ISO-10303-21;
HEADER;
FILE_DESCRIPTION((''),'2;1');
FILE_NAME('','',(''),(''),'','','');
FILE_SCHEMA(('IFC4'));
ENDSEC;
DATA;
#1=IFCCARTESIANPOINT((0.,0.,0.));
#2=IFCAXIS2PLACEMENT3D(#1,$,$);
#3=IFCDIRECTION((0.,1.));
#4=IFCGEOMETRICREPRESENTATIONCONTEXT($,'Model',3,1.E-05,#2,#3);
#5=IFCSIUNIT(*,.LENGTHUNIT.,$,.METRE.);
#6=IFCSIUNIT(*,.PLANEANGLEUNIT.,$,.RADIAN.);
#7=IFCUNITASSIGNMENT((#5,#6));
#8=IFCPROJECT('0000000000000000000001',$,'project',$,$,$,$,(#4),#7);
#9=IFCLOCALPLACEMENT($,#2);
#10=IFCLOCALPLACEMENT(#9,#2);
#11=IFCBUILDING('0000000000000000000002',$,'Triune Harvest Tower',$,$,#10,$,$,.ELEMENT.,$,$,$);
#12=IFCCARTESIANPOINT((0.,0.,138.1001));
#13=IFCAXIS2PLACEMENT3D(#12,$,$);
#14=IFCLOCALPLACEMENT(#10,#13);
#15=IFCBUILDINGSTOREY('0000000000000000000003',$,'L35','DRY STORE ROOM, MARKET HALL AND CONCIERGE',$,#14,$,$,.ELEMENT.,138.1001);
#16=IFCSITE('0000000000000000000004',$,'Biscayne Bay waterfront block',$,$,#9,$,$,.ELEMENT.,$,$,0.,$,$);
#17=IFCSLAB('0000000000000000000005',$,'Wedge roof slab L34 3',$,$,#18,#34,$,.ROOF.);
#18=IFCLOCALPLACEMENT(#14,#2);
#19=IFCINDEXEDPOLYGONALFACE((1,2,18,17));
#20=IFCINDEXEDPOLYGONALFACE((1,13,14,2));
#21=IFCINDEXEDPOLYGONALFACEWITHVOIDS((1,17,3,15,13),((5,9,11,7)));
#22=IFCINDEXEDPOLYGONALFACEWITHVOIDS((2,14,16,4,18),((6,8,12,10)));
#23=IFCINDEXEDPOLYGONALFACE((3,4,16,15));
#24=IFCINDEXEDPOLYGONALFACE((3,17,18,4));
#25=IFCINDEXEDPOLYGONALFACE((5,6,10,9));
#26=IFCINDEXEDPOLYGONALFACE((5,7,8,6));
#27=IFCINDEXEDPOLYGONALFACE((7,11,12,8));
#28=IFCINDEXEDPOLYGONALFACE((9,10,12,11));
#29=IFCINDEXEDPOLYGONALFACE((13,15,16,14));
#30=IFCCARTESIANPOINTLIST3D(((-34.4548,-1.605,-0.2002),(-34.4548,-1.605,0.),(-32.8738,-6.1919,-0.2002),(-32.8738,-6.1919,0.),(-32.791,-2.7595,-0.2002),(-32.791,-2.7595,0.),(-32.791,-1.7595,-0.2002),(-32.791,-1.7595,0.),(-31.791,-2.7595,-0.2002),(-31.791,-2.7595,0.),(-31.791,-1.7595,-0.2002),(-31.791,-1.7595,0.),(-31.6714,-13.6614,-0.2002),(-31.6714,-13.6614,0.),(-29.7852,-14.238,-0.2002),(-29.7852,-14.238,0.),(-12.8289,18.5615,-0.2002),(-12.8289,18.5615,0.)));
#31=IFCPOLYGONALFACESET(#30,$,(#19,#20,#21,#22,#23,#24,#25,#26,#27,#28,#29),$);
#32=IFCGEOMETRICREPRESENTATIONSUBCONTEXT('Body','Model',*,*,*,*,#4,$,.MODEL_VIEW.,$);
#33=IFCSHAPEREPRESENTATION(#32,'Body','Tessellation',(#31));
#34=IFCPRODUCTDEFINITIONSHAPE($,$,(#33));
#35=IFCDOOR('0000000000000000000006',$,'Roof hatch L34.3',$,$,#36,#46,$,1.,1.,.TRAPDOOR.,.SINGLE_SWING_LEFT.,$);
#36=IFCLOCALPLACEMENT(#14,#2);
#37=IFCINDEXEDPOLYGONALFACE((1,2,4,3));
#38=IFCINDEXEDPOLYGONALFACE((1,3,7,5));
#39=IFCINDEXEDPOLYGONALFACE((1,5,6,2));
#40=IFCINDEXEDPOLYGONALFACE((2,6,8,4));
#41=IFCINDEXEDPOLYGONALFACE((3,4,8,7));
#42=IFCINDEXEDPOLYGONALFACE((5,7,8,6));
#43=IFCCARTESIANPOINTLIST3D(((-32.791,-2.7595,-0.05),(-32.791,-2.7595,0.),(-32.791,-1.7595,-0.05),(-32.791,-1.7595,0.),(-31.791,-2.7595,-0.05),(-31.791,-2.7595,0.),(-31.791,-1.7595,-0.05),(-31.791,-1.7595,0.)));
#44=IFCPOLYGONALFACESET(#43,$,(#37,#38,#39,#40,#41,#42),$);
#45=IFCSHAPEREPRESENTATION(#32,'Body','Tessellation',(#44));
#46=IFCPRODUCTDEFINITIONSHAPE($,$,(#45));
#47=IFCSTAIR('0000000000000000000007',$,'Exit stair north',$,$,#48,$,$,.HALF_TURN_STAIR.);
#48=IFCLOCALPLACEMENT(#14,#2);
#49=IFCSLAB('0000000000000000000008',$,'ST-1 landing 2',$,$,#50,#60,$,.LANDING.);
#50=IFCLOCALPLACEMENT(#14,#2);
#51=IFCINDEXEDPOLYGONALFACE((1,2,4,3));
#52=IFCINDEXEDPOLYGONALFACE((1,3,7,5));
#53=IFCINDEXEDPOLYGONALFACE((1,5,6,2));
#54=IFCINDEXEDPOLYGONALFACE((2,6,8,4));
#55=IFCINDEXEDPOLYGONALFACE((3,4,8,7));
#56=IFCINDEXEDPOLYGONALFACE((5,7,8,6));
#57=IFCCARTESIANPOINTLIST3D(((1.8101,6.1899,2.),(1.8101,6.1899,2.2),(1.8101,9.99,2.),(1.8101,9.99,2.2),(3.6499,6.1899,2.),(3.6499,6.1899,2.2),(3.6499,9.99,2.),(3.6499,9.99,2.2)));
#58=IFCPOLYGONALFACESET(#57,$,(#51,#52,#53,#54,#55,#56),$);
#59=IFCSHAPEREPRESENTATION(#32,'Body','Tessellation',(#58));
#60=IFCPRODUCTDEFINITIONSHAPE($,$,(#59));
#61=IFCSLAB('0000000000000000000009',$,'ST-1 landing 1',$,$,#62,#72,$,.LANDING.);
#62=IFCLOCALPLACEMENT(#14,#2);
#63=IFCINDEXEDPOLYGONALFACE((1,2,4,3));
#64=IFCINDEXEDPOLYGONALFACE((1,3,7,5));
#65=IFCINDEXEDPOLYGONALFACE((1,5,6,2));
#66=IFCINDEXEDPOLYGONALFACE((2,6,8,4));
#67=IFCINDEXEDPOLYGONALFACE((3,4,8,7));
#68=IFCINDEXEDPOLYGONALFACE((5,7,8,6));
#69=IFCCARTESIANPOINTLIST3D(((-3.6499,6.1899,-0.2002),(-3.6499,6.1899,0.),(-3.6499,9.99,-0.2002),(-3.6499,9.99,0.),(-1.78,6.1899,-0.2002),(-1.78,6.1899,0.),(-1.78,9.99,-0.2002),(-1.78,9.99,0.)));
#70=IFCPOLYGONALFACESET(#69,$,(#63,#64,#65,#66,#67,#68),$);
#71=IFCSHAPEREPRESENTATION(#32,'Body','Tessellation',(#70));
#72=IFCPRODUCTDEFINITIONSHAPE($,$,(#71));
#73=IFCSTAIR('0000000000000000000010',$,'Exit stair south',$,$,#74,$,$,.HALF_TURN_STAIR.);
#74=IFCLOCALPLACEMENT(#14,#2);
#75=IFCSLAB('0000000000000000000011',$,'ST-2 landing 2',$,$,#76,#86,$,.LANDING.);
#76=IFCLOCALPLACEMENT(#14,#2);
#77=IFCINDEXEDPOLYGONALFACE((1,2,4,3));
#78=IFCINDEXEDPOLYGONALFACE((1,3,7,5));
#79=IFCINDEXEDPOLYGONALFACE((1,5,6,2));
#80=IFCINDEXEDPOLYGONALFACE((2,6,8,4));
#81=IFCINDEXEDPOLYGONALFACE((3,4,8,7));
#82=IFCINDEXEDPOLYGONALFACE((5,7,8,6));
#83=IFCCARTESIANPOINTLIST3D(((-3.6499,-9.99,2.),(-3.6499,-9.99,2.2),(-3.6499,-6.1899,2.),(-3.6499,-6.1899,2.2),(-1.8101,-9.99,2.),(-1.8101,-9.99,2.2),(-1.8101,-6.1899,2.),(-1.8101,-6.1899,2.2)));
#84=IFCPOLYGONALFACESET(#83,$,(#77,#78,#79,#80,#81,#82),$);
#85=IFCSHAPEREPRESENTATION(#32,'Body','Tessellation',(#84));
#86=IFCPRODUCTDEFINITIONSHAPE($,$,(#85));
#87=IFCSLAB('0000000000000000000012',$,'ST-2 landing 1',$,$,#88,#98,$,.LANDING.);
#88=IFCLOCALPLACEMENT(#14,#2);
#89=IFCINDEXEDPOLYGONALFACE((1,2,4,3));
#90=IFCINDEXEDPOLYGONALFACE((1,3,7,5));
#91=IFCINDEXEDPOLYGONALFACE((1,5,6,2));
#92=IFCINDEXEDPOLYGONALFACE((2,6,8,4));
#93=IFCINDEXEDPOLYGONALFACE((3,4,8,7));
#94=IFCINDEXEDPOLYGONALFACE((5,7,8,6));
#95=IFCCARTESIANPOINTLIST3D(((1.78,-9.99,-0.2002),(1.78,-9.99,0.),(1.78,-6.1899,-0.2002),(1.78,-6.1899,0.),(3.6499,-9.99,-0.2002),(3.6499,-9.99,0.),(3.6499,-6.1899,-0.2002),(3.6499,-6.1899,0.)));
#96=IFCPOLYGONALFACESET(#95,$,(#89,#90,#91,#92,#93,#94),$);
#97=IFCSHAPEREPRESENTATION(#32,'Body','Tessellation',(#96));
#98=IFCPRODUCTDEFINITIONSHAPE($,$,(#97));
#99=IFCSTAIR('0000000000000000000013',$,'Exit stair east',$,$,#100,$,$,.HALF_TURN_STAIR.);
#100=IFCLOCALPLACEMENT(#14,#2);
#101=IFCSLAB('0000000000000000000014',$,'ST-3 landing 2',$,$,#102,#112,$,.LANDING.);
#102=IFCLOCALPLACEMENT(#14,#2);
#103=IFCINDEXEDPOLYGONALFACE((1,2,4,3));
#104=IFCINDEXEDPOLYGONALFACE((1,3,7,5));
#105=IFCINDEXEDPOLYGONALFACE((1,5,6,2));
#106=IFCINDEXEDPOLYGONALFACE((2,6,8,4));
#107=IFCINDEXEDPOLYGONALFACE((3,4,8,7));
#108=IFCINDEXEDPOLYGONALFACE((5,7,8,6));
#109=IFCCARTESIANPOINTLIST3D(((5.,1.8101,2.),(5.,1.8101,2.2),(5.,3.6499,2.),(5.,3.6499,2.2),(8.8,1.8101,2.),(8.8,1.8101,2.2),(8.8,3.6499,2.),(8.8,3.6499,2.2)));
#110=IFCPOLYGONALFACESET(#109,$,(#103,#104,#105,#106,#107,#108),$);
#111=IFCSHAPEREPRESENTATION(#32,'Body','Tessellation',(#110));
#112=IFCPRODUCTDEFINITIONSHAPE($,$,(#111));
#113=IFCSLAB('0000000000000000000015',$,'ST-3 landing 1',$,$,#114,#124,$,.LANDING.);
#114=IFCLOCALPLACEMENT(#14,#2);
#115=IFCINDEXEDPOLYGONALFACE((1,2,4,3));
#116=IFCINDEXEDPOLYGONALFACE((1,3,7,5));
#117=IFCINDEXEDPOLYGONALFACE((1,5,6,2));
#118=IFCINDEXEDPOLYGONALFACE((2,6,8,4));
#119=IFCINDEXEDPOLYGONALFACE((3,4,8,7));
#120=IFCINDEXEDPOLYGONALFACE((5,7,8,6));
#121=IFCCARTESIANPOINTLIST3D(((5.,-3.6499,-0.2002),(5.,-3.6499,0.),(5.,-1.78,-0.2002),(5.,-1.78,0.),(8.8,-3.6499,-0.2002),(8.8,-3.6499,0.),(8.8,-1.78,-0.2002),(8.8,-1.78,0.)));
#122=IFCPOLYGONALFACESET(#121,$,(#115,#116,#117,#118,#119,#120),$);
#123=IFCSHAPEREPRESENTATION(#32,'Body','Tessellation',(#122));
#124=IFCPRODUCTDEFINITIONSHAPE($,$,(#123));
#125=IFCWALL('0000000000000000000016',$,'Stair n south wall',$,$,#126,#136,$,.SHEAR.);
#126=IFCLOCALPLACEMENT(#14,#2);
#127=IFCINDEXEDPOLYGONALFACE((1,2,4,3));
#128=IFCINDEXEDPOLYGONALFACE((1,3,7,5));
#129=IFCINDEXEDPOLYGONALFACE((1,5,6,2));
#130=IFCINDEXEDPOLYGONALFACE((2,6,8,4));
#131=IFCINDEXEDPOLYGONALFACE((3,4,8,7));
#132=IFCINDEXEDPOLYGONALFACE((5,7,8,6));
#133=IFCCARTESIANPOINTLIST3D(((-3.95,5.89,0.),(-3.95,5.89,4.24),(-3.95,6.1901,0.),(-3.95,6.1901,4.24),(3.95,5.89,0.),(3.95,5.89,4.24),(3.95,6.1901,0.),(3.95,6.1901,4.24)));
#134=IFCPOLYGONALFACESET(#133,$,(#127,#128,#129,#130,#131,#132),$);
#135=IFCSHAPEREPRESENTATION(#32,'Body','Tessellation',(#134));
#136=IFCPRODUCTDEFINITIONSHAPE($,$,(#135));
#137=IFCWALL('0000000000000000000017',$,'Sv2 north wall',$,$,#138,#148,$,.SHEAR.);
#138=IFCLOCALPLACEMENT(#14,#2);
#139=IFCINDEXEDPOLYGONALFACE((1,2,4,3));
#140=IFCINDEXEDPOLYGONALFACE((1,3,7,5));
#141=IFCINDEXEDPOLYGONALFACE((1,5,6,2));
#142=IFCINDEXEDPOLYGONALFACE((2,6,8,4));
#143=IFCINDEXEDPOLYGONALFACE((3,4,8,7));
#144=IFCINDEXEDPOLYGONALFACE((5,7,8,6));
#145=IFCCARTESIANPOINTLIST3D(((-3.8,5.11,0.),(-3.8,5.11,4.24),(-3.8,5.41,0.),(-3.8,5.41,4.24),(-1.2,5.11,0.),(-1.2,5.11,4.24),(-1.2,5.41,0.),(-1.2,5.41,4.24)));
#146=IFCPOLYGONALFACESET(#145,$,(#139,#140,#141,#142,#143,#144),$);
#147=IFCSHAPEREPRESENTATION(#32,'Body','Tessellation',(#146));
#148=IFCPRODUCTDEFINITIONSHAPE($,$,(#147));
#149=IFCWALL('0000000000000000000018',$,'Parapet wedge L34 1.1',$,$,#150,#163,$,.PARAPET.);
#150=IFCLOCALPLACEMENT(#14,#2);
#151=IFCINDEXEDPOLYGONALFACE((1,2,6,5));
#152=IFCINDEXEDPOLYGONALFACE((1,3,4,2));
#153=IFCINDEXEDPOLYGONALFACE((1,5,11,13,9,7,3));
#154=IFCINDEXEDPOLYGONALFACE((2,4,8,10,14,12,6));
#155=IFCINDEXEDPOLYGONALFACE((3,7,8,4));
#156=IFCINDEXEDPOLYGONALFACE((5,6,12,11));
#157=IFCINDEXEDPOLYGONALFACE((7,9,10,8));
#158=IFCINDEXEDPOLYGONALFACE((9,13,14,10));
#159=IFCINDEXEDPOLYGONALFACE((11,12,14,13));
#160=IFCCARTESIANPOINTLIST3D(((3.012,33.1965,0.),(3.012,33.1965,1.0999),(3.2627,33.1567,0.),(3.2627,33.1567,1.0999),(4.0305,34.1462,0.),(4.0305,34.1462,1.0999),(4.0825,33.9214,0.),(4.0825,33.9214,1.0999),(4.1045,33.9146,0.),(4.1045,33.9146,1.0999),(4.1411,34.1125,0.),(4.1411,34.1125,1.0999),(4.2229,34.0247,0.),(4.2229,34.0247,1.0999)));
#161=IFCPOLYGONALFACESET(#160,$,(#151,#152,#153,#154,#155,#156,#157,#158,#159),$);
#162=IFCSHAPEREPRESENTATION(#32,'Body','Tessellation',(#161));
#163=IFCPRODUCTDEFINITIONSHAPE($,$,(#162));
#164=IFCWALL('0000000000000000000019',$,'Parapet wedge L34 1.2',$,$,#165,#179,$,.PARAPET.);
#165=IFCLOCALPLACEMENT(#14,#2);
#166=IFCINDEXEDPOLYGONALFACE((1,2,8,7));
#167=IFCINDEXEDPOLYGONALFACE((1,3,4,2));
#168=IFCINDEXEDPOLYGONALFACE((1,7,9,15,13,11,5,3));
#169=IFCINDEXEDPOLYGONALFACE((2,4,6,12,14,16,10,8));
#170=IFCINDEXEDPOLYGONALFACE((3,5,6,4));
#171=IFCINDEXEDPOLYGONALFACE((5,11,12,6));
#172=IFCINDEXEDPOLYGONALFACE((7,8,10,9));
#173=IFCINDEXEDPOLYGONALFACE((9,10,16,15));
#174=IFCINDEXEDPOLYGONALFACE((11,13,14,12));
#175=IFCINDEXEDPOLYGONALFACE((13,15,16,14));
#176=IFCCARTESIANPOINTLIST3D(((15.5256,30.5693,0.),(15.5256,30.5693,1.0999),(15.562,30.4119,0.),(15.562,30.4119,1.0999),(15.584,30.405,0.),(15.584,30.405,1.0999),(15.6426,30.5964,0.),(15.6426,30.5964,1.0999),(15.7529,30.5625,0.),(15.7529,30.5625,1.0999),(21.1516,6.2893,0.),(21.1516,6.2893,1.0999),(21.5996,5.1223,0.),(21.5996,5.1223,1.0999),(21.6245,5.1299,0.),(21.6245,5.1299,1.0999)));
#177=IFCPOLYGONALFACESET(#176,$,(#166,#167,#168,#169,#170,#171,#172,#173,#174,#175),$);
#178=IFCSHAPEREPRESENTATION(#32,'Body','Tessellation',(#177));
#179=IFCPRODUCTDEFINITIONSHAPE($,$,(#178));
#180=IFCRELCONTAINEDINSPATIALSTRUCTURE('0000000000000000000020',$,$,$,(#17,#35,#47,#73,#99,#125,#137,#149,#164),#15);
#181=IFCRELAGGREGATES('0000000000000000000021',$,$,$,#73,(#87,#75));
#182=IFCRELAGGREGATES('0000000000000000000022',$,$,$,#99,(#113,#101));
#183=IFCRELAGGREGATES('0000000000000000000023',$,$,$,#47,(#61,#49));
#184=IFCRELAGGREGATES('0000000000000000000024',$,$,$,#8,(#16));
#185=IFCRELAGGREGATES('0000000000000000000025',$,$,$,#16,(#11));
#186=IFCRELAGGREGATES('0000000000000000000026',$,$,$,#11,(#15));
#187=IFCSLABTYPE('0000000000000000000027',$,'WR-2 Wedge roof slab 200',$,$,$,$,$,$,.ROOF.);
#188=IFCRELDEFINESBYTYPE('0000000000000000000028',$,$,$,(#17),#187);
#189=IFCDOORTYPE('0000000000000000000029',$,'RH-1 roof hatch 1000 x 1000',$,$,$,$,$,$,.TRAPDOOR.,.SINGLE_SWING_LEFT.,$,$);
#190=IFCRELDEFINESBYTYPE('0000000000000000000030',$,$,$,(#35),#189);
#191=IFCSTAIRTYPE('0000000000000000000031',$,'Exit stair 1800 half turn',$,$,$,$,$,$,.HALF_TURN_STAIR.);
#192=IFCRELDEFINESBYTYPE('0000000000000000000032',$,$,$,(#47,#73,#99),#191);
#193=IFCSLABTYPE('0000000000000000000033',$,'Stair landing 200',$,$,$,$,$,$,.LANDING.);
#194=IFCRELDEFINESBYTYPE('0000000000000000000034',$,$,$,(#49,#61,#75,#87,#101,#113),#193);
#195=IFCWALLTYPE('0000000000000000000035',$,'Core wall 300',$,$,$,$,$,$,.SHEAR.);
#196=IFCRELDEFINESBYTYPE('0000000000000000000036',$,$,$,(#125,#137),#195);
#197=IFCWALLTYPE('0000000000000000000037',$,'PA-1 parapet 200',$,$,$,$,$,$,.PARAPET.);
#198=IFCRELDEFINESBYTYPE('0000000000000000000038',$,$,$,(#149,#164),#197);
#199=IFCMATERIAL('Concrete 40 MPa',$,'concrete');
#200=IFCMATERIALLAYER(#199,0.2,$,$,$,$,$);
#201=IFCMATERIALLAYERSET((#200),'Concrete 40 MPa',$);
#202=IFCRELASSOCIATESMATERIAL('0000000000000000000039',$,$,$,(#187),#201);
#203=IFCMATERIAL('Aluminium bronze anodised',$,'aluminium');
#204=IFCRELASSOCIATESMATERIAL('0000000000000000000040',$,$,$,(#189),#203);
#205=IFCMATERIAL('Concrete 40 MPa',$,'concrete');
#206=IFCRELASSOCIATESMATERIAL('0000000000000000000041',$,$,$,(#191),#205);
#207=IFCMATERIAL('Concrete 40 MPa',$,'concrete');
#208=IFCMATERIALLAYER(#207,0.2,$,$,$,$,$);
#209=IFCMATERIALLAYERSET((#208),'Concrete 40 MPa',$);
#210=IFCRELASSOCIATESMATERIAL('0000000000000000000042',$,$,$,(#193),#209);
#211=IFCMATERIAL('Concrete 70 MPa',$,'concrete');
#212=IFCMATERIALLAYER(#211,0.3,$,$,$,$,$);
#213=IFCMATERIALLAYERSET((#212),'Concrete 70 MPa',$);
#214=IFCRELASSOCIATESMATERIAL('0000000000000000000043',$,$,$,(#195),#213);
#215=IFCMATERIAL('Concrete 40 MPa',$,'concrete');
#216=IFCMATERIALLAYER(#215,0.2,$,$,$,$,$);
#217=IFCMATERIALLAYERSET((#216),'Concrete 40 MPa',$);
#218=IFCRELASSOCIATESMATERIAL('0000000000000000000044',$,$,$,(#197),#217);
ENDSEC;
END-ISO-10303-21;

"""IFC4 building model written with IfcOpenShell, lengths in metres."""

from ifc_helpers import new_model, si_unit, direction, frame, frame_2d, origin, origin_2d, place, context, subcontext, project, spatial, polyline, rectangle, outline, extrude, source, transform, mapped, material, layer, layer_set, type_object, element, fill, aggregate, save


model = new_model("IFC4")

# Units and contexts
model_context = context("Model", 3, precision=1e-05, world=origin(), true_north=direction((0.0, 1.0)))
body_context = subcontext(model_context, "Body", "Model", "MODEL_VIEW")
ifc_project = project(units=[si_unit("LENGTHUNIT", "METRE"), si_unit("PLANEANGLEUNIT", "RADIAN")], contexts=[model_context])

# Site, building, storey
site_placement = place(None, origin())
site = spatial("IfcSite", under=ifc_project, at=site_placement, Name="Biscayne Bay waterfront block", CompositionType="ELEMENT", RefElevation=0.0)
building_placement = place(site_placement, origin())
building = spatial("IfcBuilding", under=site, at=building_placement, Name="Triune Harvest Tower", CompositionType="ELEMENT")
storey_placement = place(building_placement, frame((0.0, 0.0, 138.1001)))
storey = spatial("IfcBuildingStorey", under=building, at=storey_placement, Name="L35", Description="DRY STORE ROOM, MARKET HALL AND CONCIERGE", CompositionType="ELEMENT", Elevation=138.1001)

# Slab, opening, door
ifc_material_1 = material(Name="Concrete 40 MPa", Category="concrete")
ifc_layer_1 = layer(ifc_material_1, 0.2)
ifc_layer_set_1 = layer_set([ifc_layer_1], Name="Concrete 40 MPa")
slab_type_1 = type_object("IfcSlabType", Name="WR-2 Wedge roof slab 200", PredefinedType="ROOF", material=ifc_layer_set_1)
ifc_material_2 = material(Name="Aluminium bronze anodised", Category="aluminium")
door_type_1 = type_object("IfcDoorType", Name="RH-1 roof hatch 1000 x 1000", OperationType="SINGLE_SWING_LEFT", PredefinedType="TRAPDOOR", material=ifc_material_2)
slab_1_placement = place(storey_placement, frame((0.0, 0.0, -0.2002)))
slab_1 = element("IfcSlab", 1, at=slab_1_placement, inside=storey, type_object=slab_type_1, Name="Wedge roof slab L34 3", PredefinedType="ROOF", context=body_context, shape_type="SweptSolid", body=[
    extrude(outline(polyline([(-31.6714, -13.6614), (-29.7852, -14.238), (-32.8738, -6.1919), (-12.8289, 18.5615), (-34.4548, -1.605), (-31.6714, -13.6614)])), origin(), (0.0, 0.0, 1.0), 0.2002),
])
opening_1_placement = place(slab_1_placement, frame((-32.291, -2.2595, 0.0)))
opening_1 = element("IfcOpeningElement", 2, at=opening_1_placement, cuts=slab_1, PredefinedType="OPENING", context=body_context, shape_type="SweptSolid", body=[
    extrude(rectangle(XDim=1.0, YDim=1.0, at=origin_2d()), origin(), (0.0, 0.0, 1.0), 0.2002),
])
door_1_placement = place(opening_1_placement, frame((0.0, 0.0, 0.1501)))
door_1 = element("IfcDoor", 3, at=door_1_placement, inside=storey, type_object=door_type_1, Name="Roof hatch L34.3", OperationType="SINGLE_SWING_LEFT", OverallHeight=1.0, OverallWidth=1.0, PredefinedType="TRAPDOOR", context=body_context, shape_type="SweptSolid", body=[
    extrude(rectangle(XDim=1.0, YDim=1.0, at=origin_2d()), origin(), (0.0, 0.0, 1.0), 0.05),
])
fill(opening_1, door_1)

# Stairs, slabs
ifc_material_3 = material(Name="Concrete 40 MPa", Category="concrete")
stair_type = type_object("IfcStairType", Name="Exit stair 1800 half turn", PredefinedType="HALF_TURN_STAIR", material=ifc_material_3)
stair_1_placement = place(storey_placement, origin())
stair_1 = element("IfcStair", 4, at=stair_1_placement, inside=storey, type_object=stair_type, Name="Exit stair north", PredefinedType="HALF_TURN_STAIR")
ifc_material_4 = material(Name="Concrete 40 MPa", Category="concrete")
ifc_layer_2 = layer(ifc_material_4, 0.2)
ifc_layer_set_2 = layer_set([ifc_layer_2], Name="Concrete 40 MPa")
slab_type_2 = type_object("IfcSlabType", Name="Stair landing 200", PredefinedType="LANDING", material=ifc_layer_set_2)
shared_shape_1 = source(origin(), body_context, "Body", "SweptSolid", [
    extrude(outline(polyline([(1.8101, 6.1899), (3.6499, 6.1899), (3.6499, 9.99), (1.8101, 9.99), (1.8101, 6.1899)])), origin(), (0.0, 0.0, 1.0), 0.2),
])
slab_2_placement = place(storey_placement, frame((0.0, 0.0, 2.0)))
slab_2 = element("IfcSlab", 5, at=slab_2_placement, type_object=slab_type_2, Name="ST-1 landing 2", PredefinedType="LANDING", context=body_context, shape_type="MappedRepresentation", body=[
    mapped(shared_shape_1, transform((0.0, 0.0, 0.0), scale=1.0)),
])
shared_shape_2 = source(origin(), body_context, "Body", "SweptSolid", [
    extrude(outline(polyline([(-3.6499, 6.1899), (-1.78, 6.1899), (-1.78, 9.99), (-3.6499, 9.99), (-3.6499, 6.1899)])), origin(), (0.0, 0.0, 1.0), 0.2002),
])
slab_3_placement = place(storey_placement, frame((0.0, 0.0, -0.2002)))
slab_3 = element("IfcSlab", 6, at=slab_3_placement, type_object=slab_type_2, Name="ST-1 landing 1", PredefinedType="LANDING", context=body_context, shape_type="MappedRepresentation", body=[
    mapped(shared_shape_2, transform((0.0, 0.0, 0.0), scale=1.0)),
])
stair_2_placement = place(storey_placement, origin())
stair_2 = element("IfcStair", 7, at=stair_2_placement, inside=storey, type_object=stair_type, Name="Exit stair south", PredefinedType="HALF_TURN_STAIR")
shared_shape_3 = source(origin(), body_context, "Body", "SweptSolid", [
    extrude(outline(polyline([(-1.8101, -6.1899), (-3.6499, -6.1899), (-3.6499, -9.99), (-1.8101, -9.99), (-1.8101, -6.1899)])), origin(), (0.0, 0.0, 1.0), 0.2),
])
slab_4_placement = place(storey_placement, frame((0.0, 0.0, 2.0)))
slab_4 = element("IfcSlab", 8, at=slab_4_placement, type_object=slab_type_2, Name="ST-2 landing 2", PredefinedType="LANDING", context=body_context, shape_type="MappedRepresentation", body=[
    mapped(shared_shape_3, transform((0.0, 0.0, 0.0), scale=1.0)),
])
shared_shape_4 = source(origin(), body_context, "Body", "SweptSolid", [
    extrude(outline(polyline([(3.6499, -6.1899), (1.78, -6.1899), (1.78, -9.99), (3.6499, -9.99), (3.6499, -6.1899)])), origin(), (0.0, 0.0, 1.0), 0.2002),
])
slab_5_placement = place(storey_placement, frame((0.0, 0.0, -0.2002)))
slab_5 = element("IfcSlab", 9, at=slab_5_placement, type_object=slab_type_2, Name="ST-2 landing 1", PredefinedType="LANDING", context=body_context, shape_type="MappedRepresentation", body=[
    mapped(shared_shape_4, transform((0.0, 0.0, 0.0), scale=1.0)),
])
aggregate(stair_2, [slab_5, slab_4])
stair_3_placement = place(storey_placement, origin())
stair_3 = element("IfcStair", 10, at=stair_3_placement, inside=storey, type_object=stair_type, Name="Exit stair east", PredefinedType="HALF_TURN_STAIR")
shared_shape_5 = source(origin(), body_context, "Body", "SweptSolid", [
    extrude(outline(polyline([(8.8, 1.8101), (8.8, 3.6499), (5.0, 3.6499), (5.0, 1.8101), (8.8, 1.8101)])), origin(), (0.0, 0.0, 1.0), 0.2),
])
slab_6_placement = place(storey_placement, frame((0.0, 0.0, 2.0)))
slab_6 = element("IfcSlab", 11, at=slab_6_placement, type_object=slab_type_2, Name="ST-3 landing 2", PredefinedType="LANDING", context=body_context, shape_type="MappedRepresentation", body=[
    mapped(shared_shape_5, transform((0.0, 0.0, 0.0), scale=1.0)),
])
shared_shape_6 = source(origin(), body_context, "Body", "SweptSolid", [
    extrude(outline(polyline([(8.8, -3.6499), (8.8, -1.78), (5.0, -1.78), (5.0, -3.6499), (8.8, -3.6499)])), origin(), (0.0, 0.0, 1.0), 0.2002),
])
slab_7_placement = place(storey_placement, frame((0.0, 0.0, -0.2002)))
slab_7 = element("IfcSlab", 12, at=slab_7_placement, type_object=slab_type_2, Name="ST-3 landing 1", PredefinedType="LANDING", context=body_context, shape_type="MappedRepresentation", body=[
    mapped(shared_shape_6, transform((0.0, 0.0, 0.0), scale=1.0)),
])
aggregate(stair_3, [slab_7, slab_6])

# Walls
ifc_material_5 = material(Name="Concrete 70 MPa", Category="concrete")
ifc_layer_3 = layer(ifc_material_5, 0.3)
ifc_layer_set_3 = layer_set([ifc_layer_3], Name="Concrete 70 MPa")
wall_type_1 = type_object("IfcWallType", Name="Core wall 300", PredefinedType="SHEAR", material=ifc_layer_set_3)
wall_1_placement = place(storey_placement, frame((-3.95, 6.04, 0.0), z_axis=(0.0, 0.0, 1.0), x_axis=(1.0, 0.0, 0.0)))
element("IfcWall", 13, at=wall_1_placement, inside=storey, type_object=wall_type_1, Name="Stair n south wall", PredefinedType="SHEAR", context=body_context, shape_type="SweptSolid", body=[
    extrude(rectangle(XDim=7.8999, YDim=0.3, at=frame_2d((3.95, 0.0))), origin(), (0.0, 0.0, 1.0), 4.24),
])
wall_2_placement = place(storey_placement, frame((-3.8, 5.26, 0.0), z_axis=(0.0, 0.0, 1.0), x_axis=(1.0, 0.0, 0.0)))
element("IfcWall", 14, at=wall_2_placement, inside=storey, type_object=wall_type_1, Name="Sv2 north wall", PredefinedType="SHEAR", context=body_context, shape_type="SweptSolid", body=[
    extrude(rectangle(XDim=2.6001, YDim=0.3, at=frame_2d((1.3, 0.0))), origin(), (0.0, 0.0, 1.0), 4.24),
])
ifc_material_6 = material(Name="Concrete 40 MPa", Category="concrete")
ifc_layer_4 = layer(ifc_material_6, 0.2)
ifc_layer_set_4 = layer_set([ifc_layer_4], Name="Concrete 40 MPa")
wall_type_2 = type_object("IfcWallType", Name="PA-1 parapet 200", PredefinedType="PARAPET", material=ifc_layer_set_4)
wall_3_placement = place(storey_placement, origin())
element("IfcWall", 15, at=wall_3_placement, inside=storey, type_object=wall_type_2, Name="Parapet wedge L34 1.1", PredefinedType="PARAPET", context=body_context, shape_type="SweptSolid", body=[
    extrude(outline(polyline([(4.1045, 33.9146), (4.0825, 33.9214), (3.2627, 33.1567), (3.012, 33.1965), (4.0305, 34.1462), (4.1411, 34.1125), (4.2229, 34.0247), (4.1045, 33.9146)])), origin(), (0.0, 0.0, 1.0), 1.0999),
])
wall_4_placement = place(storey_placement, origin())
element("IfcWall", 16, at=wall_4_placement, inside=storey, type_object=wall_type_2, Name="Parapet wedge L34 1.2", PredefinedType="PARAPET", context=body_context, shape_type="SweptSolid", body=[
    extrude(outline(polyline([(21.6245, 5.1299), (21.5996, 5.1223), (21.1516, 6.2893), (15.584, 30.405), (15.562, 30.4119), (15.5256, 30.5693), (15.6426, 30.5964), (15.7529, 30.5625), (21.6245, 5.1299)])), origin(), (0.0, 0.0, 1.0), 1.0999),
])

aggregate(stair_1, [slab_3, slab_2])

save(model, "model.ifc")
